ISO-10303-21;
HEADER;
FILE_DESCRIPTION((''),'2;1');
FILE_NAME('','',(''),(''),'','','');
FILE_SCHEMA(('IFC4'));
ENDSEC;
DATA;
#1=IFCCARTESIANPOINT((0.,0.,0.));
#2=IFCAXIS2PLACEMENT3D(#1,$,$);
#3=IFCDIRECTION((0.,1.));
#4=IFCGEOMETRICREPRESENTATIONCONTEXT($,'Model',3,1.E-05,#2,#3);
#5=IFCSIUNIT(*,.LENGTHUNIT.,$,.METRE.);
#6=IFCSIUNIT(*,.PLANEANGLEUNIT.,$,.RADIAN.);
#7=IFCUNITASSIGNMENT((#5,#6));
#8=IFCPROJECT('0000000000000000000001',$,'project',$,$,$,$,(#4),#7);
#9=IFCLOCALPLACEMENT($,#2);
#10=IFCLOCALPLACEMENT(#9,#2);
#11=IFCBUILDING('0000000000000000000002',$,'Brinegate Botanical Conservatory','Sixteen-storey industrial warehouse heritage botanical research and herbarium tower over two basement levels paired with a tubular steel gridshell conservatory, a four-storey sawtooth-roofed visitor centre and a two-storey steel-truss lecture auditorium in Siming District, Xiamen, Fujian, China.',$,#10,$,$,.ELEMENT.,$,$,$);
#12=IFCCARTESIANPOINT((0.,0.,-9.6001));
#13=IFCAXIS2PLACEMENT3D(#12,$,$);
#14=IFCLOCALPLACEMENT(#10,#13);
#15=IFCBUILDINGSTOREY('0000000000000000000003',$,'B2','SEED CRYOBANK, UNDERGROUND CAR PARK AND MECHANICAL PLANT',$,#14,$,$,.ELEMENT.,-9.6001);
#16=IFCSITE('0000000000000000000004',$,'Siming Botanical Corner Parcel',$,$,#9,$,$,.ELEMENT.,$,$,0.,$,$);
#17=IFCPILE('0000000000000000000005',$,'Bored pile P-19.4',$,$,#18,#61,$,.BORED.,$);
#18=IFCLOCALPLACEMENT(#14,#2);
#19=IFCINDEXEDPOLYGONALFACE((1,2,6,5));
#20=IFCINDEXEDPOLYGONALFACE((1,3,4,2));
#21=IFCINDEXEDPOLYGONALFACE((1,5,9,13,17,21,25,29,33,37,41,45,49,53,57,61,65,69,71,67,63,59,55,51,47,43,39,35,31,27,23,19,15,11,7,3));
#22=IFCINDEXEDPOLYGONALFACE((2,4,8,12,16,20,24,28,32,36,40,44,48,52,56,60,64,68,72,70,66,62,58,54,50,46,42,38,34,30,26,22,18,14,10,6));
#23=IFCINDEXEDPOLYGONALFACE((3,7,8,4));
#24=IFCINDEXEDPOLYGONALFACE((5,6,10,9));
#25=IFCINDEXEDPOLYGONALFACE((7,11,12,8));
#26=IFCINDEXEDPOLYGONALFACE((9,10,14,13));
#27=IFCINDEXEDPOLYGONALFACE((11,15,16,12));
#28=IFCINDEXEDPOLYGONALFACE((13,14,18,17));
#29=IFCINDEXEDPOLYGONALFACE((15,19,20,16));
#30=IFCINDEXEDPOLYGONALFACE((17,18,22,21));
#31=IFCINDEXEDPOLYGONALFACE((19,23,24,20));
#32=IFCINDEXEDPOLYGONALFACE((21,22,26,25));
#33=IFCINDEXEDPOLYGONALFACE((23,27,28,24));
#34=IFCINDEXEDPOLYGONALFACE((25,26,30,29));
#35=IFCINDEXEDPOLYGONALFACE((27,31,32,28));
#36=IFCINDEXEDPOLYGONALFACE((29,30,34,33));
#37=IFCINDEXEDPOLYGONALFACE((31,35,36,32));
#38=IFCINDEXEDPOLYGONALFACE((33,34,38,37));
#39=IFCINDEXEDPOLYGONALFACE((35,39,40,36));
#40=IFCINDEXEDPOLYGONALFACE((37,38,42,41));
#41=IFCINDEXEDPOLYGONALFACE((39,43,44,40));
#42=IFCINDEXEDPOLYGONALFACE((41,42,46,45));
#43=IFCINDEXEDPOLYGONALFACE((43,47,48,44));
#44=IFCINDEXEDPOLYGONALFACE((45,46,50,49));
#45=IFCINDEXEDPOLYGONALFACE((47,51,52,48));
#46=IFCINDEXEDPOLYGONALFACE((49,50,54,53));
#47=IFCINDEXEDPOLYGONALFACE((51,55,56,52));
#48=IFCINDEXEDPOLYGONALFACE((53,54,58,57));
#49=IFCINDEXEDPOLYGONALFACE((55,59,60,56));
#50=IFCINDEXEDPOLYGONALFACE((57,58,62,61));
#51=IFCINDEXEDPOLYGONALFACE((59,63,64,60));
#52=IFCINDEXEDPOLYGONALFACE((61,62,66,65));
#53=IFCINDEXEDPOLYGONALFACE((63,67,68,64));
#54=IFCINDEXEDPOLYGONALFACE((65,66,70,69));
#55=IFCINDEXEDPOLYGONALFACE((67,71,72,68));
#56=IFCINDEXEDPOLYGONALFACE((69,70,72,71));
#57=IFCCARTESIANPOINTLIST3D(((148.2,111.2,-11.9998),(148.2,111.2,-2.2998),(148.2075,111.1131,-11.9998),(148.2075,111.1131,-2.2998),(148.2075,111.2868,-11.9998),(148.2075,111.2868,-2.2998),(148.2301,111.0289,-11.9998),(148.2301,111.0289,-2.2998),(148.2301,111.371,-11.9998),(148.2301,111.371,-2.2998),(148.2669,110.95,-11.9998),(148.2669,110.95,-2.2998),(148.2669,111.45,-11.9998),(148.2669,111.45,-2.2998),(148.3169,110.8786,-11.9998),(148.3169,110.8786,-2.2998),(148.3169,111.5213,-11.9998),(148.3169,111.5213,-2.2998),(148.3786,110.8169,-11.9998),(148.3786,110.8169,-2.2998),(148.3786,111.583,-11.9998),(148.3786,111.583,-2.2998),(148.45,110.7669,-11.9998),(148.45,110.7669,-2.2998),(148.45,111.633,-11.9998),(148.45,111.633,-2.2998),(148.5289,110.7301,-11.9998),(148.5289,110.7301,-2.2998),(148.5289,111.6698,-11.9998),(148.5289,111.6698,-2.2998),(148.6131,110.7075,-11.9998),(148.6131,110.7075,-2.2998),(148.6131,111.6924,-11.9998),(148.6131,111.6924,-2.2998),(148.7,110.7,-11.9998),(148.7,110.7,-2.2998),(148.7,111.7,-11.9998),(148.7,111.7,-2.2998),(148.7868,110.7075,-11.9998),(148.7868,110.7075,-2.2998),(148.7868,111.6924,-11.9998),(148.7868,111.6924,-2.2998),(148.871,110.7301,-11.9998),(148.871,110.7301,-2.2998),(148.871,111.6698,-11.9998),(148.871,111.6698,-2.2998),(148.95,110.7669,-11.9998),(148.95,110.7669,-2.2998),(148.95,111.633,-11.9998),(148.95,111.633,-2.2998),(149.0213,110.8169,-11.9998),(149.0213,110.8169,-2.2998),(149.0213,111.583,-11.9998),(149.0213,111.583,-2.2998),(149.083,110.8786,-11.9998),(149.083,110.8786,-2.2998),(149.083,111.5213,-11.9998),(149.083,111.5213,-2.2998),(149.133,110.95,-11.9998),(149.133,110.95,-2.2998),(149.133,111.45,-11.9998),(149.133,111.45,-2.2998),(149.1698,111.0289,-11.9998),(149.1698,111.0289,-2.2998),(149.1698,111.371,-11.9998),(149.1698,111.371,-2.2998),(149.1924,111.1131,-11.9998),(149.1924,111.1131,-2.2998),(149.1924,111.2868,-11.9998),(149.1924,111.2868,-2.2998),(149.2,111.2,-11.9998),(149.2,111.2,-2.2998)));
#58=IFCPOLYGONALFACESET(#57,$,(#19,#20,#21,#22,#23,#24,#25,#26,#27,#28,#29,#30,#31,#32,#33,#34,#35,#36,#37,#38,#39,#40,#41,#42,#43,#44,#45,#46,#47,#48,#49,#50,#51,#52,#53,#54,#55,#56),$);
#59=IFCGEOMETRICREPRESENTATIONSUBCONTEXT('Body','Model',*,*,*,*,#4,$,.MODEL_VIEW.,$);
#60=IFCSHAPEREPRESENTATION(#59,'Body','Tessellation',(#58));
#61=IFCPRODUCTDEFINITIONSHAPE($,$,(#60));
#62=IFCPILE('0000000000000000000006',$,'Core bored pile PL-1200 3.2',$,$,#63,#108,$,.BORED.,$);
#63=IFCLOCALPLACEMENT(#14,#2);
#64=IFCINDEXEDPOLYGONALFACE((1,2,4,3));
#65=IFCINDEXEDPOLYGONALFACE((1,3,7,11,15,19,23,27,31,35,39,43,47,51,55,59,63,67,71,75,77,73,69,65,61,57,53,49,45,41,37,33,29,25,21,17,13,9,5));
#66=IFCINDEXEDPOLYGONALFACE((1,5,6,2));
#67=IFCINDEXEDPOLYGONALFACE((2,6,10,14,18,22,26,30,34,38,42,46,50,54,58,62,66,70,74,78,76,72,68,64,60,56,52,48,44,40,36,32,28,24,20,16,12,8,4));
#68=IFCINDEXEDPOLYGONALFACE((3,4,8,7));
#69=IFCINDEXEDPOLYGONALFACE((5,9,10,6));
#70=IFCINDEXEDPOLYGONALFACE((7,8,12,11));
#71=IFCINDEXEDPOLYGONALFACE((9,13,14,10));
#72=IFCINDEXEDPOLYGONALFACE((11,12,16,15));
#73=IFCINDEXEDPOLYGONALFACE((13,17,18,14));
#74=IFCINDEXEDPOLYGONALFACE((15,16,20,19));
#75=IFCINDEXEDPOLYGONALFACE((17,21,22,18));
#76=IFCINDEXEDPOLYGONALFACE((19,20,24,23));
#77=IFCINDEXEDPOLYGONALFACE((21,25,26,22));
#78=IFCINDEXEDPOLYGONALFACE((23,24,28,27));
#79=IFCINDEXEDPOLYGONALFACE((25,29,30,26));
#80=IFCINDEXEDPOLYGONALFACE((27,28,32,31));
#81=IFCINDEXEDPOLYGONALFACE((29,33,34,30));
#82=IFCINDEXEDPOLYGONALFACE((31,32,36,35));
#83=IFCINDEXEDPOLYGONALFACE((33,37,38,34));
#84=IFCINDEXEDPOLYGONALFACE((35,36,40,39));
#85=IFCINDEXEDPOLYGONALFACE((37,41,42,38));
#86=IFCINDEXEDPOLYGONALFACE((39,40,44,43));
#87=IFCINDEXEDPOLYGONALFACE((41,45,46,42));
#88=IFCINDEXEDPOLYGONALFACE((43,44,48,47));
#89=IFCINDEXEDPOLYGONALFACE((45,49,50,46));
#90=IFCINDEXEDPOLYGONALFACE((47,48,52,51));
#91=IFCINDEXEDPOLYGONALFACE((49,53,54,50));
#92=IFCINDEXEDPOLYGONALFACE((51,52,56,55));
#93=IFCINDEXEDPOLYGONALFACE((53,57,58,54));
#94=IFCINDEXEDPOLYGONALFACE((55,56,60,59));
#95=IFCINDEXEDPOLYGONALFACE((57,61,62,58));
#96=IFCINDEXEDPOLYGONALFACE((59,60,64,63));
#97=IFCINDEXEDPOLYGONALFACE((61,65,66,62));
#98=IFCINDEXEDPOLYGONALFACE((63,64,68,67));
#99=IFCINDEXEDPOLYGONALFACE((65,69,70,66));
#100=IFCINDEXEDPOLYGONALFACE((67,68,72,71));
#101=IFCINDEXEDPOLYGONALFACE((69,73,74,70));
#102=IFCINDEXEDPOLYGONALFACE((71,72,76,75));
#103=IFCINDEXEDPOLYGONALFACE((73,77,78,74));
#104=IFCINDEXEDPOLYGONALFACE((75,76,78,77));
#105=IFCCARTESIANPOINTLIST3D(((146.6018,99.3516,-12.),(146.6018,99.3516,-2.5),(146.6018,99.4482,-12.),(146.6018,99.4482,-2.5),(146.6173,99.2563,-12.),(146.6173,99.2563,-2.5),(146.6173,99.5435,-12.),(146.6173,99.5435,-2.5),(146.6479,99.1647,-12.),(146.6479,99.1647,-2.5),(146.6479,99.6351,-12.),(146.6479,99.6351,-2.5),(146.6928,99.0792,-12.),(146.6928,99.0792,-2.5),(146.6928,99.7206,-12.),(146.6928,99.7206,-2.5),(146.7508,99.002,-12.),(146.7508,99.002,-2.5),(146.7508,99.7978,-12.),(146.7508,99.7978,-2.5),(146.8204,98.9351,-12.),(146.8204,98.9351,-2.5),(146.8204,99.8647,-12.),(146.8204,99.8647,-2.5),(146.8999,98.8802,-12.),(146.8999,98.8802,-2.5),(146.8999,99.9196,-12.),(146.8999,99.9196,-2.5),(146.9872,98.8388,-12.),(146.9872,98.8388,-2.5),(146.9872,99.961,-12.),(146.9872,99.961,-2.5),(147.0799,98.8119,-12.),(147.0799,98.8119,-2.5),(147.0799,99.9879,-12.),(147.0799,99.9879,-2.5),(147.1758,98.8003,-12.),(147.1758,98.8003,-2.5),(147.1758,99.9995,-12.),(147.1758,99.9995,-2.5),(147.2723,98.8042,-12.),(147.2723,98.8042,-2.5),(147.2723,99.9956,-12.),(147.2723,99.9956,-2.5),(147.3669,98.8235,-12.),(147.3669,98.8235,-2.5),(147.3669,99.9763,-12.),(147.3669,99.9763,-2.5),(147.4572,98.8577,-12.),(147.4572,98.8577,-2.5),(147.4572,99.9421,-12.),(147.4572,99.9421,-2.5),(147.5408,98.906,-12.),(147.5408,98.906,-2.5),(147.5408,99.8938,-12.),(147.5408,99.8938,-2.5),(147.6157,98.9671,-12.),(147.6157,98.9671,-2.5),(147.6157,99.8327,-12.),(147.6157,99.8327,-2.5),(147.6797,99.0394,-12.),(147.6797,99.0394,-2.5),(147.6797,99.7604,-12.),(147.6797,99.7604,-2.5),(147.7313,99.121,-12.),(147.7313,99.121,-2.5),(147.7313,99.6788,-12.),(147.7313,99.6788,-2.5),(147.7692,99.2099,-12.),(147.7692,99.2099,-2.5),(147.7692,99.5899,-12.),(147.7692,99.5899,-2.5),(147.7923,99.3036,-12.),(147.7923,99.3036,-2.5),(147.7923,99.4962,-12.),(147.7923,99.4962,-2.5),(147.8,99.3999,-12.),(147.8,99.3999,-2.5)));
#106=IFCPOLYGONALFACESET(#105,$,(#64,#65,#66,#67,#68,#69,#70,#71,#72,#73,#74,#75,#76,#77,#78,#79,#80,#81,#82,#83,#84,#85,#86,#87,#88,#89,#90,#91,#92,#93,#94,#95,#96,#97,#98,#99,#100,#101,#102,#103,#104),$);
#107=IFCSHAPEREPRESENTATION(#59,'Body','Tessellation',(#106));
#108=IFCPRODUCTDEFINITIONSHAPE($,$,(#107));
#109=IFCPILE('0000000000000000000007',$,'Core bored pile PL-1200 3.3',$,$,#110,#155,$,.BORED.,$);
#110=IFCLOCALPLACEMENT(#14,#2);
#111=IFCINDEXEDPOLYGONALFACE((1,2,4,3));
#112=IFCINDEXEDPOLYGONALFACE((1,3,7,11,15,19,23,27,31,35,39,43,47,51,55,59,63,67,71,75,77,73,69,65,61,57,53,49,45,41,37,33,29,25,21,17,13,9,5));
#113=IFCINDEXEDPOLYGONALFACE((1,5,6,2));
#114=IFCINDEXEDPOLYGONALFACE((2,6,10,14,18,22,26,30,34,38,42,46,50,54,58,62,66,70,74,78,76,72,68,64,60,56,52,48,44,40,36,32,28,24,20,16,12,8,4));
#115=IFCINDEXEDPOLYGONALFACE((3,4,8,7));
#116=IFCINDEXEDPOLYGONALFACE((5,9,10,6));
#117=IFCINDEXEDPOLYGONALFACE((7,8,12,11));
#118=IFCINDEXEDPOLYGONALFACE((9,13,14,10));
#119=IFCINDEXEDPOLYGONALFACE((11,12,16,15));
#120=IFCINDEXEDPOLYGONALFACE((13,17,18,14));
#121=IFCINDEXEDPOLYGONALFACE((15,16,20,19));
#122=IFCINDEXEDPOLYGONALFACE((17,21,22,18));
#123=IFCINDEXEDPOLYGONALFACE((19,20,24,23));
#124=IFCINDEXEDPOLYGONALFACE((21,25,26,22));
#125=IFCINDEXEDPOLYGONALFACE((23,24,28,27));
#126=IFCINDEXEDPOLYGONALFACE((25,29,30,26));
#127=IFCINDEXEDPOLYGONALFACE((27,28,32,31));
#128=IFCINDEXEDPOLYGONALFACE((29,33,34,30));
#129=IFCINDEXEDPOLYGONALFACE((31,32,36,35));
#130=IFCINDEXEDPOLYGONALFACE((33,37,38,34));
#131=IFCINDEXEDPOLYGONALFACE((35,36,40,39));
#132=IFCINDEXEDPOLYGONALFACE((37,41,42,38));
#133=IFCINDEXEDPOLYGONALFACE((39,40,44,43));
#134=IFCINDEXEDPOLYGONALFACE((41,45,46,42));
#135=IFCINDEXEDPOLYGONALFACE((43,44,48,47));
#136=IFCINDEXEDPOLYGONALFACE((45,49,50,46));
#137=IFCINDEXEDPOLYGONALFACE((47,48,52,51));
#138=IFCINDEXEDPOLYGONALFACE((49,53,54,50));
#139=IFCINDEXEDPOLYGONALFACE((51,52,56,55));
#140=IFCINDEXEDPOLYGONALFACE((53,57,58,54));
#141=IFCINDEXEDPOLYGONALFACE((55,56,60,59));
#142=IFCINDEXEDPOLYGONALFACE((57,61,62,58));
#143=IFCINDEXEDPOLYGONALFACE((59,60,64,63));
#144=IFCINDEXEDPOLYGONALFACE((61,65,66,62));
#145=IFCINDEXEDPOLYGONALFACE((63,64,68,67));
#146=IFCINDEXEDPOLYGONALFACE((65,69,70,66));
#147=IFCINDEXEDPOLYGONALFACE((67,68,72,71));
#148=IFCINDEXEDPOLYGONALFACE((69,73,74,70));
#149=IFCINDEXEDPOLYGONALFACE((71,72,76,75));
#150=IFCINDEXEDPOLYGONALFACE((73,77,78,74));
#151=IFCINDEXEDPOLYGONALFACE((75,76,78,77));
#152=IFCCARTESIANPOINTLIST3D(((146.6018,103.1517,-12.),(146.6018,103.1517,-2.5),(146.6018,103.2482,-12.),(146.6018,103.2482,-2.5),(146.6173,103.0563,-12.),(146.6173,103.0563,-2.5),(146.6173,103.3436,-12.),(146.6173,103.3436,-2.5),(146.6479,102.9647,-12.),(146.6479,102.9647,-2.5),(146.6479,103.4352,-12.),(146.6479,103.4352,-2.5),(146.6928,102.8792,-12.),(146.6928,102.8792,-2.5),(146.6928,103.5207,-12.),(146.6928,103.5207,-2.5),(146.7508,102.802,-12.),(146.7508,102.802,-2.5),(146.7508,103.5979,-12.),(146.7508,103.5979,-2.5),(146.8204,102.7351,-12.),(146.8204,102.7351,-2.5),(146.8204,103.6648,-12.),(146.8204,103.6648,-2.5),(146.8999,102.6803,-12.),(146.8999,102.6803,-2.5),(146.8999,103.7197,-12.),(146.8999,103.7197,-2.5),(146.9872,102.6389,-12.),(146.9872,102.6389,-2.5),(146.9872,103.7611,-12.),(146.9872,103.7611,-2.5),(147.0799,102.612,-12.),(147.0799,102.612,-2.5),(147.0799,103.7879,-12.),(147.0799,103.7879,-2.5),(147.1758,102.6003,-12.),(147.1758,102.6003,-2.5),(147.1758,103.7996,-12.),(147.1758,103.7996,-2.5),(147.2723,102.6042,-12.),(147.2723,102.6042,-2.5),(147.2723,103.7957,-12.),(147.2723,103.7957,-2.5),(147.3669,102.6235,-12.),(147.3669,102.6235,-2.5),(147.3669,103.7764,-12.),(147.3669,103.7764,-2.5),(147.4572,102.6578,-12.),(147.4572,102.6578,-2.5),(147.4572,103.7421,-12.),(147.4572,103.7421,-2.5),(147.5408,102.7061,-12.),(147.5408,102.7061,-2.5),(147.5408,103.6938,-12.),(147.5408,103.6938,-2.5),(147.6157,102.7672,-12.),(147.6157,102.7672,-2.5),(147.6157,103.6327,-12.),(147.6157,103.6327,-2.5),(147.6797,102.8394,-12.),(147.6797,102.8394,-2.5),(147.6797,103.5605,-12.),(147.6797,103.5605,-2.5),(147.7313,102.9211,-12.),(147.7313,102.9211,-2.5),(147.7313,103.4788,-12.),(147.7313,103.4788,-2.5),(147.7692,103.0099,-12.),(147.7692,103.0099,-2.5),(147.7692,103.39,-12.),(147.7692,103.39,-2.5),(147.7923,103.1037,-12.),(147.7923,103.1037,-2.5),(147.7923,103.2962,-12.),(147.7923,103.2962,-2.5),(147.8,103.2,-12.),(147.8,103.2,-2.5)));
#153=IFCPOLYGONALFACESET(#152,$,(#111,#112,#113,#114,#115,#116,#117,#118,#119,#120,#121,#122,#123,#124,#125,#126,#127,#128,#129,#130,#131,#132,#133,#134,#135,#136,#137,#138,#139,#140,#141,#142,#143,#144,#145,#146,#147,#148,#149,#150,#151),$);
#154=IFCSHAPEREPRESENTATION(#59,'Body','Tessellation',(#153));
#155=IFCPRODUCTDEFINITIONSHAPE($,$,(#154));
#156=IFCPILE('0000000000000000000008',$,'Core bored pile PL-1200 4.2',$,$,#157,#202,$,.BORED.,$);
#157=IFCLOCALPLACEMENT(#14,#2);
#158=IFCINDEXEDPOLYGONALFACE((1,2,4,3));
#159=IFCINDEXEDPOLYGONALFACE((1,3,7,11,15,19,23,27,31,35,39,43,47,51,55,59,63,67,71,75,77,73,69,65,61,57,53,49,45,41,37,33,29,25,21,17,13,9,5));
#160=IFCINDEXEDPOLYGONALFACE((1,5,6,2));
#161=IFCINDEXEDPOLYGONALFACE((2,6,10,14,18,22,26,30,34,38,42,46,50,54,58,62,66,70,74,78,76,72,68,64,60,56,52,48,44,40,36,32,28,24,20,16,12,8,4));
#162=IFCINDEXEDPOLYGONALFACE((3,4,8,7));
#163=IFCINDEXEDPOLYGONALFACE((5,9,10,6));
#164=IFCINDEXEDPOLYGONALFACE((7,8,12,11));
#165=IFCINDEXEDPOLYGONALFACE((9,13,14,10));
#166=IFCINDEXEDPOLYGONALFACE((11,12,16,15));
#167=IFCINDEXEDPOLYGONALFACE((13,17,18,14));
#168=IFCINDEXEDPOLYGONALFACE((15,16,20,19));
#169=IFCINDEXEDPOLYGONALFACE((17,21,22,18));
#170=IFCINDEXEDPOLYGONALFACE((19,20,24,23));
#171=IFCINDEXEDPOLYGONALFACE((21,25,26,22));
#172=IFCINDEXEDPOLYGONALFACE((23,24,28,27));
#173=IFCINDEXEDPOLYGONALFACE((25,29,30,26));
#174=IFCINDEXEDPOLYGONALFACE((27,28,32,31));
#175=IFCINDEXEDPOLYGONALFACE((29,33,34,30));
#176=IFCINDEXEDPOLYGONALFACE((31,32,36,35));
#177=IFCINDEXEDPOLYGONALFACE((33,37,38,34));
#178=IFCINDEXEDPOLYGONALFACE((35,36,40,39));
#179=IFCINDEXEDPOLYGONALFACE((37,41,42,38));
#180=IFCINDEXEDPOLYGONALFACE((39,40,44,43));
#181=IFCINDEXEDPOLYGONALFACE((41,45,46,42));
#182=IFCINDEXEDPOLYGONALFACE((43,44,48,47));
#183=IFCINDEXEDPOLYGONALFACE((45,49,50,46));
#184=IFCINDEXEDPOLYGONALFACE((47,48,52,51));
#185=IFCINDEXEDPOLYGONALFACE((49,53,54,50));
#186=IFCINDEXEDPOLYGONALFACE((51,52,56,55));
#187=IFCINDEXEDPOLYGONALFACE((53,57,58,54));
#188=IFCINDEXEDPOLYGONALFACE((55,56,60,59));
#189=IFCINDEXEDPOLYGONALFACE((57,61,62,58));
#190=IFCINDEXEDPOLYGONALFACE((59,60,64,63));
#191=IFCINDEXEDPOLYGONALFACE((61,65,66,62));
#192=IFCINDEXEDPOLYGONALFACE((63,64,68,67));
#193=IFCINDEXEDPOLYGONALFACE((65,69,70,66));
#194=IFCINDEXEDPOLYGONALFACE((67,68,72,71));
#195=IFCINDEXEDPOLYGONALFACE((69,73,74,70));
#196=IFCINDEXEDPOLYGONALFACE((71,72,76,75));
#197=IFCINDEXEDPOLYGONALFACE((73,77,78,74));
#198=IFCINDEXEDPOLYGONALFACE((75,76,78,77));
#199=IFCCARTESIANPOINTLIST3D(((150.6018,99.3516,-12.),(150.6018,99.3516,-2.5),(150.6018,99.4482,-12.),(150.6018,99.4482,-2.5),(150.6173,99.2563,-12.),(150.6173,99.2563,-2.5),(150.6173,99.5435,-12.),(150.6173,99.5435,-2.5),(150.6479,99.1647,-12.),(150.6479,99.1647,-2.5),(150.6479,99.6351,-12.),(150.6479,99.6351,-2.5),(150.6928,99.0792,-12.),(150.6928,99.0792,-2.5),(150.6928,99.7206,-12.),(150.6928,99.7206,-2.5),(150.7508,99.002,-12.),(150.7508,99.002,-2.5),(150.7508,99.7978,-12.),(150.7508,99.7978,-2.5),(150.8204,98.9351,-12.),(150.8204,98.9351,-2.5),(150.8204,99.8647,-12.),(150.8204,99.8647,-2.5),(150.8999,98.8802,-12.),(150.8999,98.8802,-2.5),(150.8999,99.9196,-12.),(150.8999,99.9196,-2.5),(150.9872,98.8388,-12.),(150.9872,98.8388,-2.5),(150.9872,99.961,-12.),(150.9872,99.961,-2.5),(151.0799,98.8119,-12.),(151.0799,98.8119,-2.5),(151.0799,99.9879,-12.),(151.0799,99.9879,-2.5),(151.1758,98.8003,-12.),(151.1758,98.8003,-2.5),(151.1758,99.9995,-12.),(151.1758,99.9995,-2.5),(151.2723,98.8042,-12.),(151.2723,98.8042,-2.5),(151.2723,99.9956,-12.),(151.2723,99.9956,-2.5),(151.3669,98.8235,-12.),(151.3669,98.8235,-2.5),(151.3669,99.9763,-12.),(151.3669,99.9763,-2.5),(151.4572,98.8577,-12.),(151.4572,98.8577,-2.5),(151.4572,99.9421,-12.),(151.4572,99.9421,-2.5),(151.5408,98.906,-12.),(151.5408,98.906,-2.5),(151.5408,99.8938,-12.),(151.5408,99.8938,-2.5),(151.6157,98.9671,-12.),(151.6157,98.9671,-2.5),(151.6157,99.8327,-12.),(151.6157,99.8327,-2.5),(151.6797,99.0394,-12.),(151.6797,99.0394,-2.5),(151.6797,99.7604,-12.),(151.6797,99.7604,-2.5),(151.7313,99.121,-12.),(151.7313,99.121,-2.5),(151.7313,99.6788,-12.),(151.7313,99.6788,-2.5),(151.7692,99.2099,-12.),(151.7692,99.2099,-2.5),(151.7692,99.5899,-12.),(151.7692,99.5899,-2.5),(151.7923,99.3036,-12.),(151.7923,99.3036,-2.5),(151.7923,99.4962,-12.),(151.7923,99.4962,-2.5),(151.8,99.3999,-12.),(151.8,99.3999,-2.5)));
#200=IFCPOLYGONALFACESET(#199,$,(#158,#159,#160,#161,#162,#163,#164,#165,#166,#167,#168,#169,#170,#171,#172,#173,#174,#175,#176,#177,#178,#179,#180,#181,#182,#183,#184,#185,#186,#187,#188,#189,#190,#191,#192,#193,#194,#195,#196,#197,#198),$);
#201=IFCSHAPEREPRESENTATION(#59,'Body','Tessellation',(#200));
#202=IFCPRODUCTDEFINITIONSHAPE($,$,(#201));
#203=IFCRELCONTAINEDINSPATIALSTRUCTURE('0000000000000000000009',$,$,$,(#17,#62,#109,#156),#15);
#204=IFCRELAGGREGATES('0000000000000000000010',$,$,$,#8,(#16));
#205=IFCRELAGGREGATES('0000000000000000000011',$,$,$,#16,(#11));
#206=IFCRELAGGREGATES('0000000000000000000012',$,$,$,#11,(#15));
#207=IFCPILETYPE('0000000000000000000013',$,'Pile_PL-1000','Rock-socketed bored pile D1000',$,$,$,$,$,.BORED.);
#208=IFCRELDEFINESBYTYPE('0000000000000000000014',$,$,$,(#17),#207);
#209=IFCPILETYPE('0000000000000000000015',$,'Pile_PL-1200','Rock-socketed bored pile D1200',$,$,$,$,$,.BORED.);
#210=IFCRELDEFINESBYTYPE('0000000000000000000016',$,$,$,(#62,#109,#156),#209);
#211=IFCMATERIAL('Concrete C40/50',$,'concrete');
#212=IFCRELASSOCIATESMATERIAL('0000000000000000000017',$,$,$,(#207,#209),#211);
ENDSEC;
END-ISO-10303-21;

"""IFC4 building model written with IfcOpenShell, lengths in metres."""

from ifc_helpers import new_model, si_unit, direction, frame, origin, origin_2d, place, context, subcontext, project, spatial, circle, extrude, material, material_profile, profile_set, type_object, element, save


model = new_model("IFC4")

# Units and contexts
model_context = context("Model", 3, precision=1e-05, world=origin(), true_north=direction((0.0, 1.0)))
body_context = subcontext(model_context, "Body", "Model", "MODEL_VIEW")
ifc_project = project(units=[si_unit("LENGTHUNIT", "METRE"), si_unit("PLANEANGLEUNIT", "RADIAN")], contexts=[model_context])

# Site, building, storey
site_placement = place(None, origin())
site = spatial("IfcSite", under=ifc_project, at=site_placement, Name="Siming Botanical Corner Parcel", CompositionType="ELEMENT", RefElevation=0.0)
building_placement = place(site_placement, origin())
building = spatial("IfcBuilding", under=site, at=building_placement, Name="Brinegate Botanical Conservatory", Description="Sixteen-storey industrial warehouse heritage botanical research and herbarium tower over two basement levels paired with a tubular steel gridshell conservatory, a four-storey sawtooth-roofed visitor centre and a two-storey steel-truss lecture auditorium in Siming District, Xiamen, Fujian, China.", CompositionType="ELEMENT")
storey_placement = place(building_placement, frame((0.0, 0.0, -9.6001)))
storey = spatial("IfcBuildingStorey", under=building, at=storey_placement, Name="B2", Description="SEED CRYOBANK, UNDERGROUND CAR PARK AND MECHANICAL PLANT", CompositionType="ELEMENT", Elevation=-9.6001)

# Shared definitions
ifc_material_1 = material(Name="Concrete C40/50", Category="concrete")

# Piles
ifc_material_profile_1 = material_profile(ifc_material_1, circle(Radius=0.5, at=origin_2d()), Name="PILE D1000")
ifc_profile_set_1 = profile_set([ifc_material_profile_1], Name="Concrete C40/50")
pile_type_1 = type_object("IfcPileType", Name="Pile_PL-1000", Description="Rock-socketed bored pile D1000", PredefinedType="BORED", material=ifc_profile_set_1)
for number, where, z_axis, x_axis, name in (
    (1, (148.7, 111.2, -2.2998), (0.0, 0.0, -1.0), (1.0, 0.0, 0.0), "Bored pile P-19.4"),
):
    element("IfcPile", number, at=place(storey_placement, frame(where, z_axis=z_axis, x_axis=x_axis)), inside=storey, type_object=pile_type_1, Name=name, PredefinedType="BORED", context=body_context, shape_type="SweptSolid", body=[
        extrude(circle(Radius=0.5, at=origin_2d()), origin(), (0.0, 0.0, 1.0), 9.7),
    ])
ifc_material_profile_2 = material_profile(ifc_material_1, circle(Radius=0.6001, at=origin_2d()), Name="PILE D1200")
ifc_profile_set_2 = profile_set([ifc_material_profile_2], Name="Concrete C40/50")
pile_type_2 = type_object("IfcPileType", Name="Pile_PL-1200", Description="Rock-socketed bored pile D1200", PredefinedType="BORED", material=ifc_profile_set_2)
for number, where, z_axis, x_axis, name in (
    (2, (147.2, 99.3999, -2.5), (0.0, 0.0, -1.0), (1.0, 0.0, 0.0), "Core bored pile PL-1200 3.2"),
    (3, (147.2, 103.2, -2.5), (0.0, 0.0, -1.0), (1.0, 0.0, 0.0), "Core bored pile PL-1200 3.3"),
    (4, (151.2, 99.3999, -2.5), (0.0, 0.0, -1.0), (1.0, 0.0, 0.0), "Core bored pile PL-1200 4.2"),
):
    element("IfcPile", number, at=place(storey_placement, frame(where, z_axis=z_axis, x_axis=x_axis)), inside=storey, type_object=pile_type_2, Name=name, PredefinedType="BORED", context=body_context, shape_type="SweptSolid", body=[
        extrude(circle(Radius=0.6001, at=origin_2d()), origin(), (0.0, 0.0, 1.0), 9.5),
    ])

save(model, "model.ifc")
